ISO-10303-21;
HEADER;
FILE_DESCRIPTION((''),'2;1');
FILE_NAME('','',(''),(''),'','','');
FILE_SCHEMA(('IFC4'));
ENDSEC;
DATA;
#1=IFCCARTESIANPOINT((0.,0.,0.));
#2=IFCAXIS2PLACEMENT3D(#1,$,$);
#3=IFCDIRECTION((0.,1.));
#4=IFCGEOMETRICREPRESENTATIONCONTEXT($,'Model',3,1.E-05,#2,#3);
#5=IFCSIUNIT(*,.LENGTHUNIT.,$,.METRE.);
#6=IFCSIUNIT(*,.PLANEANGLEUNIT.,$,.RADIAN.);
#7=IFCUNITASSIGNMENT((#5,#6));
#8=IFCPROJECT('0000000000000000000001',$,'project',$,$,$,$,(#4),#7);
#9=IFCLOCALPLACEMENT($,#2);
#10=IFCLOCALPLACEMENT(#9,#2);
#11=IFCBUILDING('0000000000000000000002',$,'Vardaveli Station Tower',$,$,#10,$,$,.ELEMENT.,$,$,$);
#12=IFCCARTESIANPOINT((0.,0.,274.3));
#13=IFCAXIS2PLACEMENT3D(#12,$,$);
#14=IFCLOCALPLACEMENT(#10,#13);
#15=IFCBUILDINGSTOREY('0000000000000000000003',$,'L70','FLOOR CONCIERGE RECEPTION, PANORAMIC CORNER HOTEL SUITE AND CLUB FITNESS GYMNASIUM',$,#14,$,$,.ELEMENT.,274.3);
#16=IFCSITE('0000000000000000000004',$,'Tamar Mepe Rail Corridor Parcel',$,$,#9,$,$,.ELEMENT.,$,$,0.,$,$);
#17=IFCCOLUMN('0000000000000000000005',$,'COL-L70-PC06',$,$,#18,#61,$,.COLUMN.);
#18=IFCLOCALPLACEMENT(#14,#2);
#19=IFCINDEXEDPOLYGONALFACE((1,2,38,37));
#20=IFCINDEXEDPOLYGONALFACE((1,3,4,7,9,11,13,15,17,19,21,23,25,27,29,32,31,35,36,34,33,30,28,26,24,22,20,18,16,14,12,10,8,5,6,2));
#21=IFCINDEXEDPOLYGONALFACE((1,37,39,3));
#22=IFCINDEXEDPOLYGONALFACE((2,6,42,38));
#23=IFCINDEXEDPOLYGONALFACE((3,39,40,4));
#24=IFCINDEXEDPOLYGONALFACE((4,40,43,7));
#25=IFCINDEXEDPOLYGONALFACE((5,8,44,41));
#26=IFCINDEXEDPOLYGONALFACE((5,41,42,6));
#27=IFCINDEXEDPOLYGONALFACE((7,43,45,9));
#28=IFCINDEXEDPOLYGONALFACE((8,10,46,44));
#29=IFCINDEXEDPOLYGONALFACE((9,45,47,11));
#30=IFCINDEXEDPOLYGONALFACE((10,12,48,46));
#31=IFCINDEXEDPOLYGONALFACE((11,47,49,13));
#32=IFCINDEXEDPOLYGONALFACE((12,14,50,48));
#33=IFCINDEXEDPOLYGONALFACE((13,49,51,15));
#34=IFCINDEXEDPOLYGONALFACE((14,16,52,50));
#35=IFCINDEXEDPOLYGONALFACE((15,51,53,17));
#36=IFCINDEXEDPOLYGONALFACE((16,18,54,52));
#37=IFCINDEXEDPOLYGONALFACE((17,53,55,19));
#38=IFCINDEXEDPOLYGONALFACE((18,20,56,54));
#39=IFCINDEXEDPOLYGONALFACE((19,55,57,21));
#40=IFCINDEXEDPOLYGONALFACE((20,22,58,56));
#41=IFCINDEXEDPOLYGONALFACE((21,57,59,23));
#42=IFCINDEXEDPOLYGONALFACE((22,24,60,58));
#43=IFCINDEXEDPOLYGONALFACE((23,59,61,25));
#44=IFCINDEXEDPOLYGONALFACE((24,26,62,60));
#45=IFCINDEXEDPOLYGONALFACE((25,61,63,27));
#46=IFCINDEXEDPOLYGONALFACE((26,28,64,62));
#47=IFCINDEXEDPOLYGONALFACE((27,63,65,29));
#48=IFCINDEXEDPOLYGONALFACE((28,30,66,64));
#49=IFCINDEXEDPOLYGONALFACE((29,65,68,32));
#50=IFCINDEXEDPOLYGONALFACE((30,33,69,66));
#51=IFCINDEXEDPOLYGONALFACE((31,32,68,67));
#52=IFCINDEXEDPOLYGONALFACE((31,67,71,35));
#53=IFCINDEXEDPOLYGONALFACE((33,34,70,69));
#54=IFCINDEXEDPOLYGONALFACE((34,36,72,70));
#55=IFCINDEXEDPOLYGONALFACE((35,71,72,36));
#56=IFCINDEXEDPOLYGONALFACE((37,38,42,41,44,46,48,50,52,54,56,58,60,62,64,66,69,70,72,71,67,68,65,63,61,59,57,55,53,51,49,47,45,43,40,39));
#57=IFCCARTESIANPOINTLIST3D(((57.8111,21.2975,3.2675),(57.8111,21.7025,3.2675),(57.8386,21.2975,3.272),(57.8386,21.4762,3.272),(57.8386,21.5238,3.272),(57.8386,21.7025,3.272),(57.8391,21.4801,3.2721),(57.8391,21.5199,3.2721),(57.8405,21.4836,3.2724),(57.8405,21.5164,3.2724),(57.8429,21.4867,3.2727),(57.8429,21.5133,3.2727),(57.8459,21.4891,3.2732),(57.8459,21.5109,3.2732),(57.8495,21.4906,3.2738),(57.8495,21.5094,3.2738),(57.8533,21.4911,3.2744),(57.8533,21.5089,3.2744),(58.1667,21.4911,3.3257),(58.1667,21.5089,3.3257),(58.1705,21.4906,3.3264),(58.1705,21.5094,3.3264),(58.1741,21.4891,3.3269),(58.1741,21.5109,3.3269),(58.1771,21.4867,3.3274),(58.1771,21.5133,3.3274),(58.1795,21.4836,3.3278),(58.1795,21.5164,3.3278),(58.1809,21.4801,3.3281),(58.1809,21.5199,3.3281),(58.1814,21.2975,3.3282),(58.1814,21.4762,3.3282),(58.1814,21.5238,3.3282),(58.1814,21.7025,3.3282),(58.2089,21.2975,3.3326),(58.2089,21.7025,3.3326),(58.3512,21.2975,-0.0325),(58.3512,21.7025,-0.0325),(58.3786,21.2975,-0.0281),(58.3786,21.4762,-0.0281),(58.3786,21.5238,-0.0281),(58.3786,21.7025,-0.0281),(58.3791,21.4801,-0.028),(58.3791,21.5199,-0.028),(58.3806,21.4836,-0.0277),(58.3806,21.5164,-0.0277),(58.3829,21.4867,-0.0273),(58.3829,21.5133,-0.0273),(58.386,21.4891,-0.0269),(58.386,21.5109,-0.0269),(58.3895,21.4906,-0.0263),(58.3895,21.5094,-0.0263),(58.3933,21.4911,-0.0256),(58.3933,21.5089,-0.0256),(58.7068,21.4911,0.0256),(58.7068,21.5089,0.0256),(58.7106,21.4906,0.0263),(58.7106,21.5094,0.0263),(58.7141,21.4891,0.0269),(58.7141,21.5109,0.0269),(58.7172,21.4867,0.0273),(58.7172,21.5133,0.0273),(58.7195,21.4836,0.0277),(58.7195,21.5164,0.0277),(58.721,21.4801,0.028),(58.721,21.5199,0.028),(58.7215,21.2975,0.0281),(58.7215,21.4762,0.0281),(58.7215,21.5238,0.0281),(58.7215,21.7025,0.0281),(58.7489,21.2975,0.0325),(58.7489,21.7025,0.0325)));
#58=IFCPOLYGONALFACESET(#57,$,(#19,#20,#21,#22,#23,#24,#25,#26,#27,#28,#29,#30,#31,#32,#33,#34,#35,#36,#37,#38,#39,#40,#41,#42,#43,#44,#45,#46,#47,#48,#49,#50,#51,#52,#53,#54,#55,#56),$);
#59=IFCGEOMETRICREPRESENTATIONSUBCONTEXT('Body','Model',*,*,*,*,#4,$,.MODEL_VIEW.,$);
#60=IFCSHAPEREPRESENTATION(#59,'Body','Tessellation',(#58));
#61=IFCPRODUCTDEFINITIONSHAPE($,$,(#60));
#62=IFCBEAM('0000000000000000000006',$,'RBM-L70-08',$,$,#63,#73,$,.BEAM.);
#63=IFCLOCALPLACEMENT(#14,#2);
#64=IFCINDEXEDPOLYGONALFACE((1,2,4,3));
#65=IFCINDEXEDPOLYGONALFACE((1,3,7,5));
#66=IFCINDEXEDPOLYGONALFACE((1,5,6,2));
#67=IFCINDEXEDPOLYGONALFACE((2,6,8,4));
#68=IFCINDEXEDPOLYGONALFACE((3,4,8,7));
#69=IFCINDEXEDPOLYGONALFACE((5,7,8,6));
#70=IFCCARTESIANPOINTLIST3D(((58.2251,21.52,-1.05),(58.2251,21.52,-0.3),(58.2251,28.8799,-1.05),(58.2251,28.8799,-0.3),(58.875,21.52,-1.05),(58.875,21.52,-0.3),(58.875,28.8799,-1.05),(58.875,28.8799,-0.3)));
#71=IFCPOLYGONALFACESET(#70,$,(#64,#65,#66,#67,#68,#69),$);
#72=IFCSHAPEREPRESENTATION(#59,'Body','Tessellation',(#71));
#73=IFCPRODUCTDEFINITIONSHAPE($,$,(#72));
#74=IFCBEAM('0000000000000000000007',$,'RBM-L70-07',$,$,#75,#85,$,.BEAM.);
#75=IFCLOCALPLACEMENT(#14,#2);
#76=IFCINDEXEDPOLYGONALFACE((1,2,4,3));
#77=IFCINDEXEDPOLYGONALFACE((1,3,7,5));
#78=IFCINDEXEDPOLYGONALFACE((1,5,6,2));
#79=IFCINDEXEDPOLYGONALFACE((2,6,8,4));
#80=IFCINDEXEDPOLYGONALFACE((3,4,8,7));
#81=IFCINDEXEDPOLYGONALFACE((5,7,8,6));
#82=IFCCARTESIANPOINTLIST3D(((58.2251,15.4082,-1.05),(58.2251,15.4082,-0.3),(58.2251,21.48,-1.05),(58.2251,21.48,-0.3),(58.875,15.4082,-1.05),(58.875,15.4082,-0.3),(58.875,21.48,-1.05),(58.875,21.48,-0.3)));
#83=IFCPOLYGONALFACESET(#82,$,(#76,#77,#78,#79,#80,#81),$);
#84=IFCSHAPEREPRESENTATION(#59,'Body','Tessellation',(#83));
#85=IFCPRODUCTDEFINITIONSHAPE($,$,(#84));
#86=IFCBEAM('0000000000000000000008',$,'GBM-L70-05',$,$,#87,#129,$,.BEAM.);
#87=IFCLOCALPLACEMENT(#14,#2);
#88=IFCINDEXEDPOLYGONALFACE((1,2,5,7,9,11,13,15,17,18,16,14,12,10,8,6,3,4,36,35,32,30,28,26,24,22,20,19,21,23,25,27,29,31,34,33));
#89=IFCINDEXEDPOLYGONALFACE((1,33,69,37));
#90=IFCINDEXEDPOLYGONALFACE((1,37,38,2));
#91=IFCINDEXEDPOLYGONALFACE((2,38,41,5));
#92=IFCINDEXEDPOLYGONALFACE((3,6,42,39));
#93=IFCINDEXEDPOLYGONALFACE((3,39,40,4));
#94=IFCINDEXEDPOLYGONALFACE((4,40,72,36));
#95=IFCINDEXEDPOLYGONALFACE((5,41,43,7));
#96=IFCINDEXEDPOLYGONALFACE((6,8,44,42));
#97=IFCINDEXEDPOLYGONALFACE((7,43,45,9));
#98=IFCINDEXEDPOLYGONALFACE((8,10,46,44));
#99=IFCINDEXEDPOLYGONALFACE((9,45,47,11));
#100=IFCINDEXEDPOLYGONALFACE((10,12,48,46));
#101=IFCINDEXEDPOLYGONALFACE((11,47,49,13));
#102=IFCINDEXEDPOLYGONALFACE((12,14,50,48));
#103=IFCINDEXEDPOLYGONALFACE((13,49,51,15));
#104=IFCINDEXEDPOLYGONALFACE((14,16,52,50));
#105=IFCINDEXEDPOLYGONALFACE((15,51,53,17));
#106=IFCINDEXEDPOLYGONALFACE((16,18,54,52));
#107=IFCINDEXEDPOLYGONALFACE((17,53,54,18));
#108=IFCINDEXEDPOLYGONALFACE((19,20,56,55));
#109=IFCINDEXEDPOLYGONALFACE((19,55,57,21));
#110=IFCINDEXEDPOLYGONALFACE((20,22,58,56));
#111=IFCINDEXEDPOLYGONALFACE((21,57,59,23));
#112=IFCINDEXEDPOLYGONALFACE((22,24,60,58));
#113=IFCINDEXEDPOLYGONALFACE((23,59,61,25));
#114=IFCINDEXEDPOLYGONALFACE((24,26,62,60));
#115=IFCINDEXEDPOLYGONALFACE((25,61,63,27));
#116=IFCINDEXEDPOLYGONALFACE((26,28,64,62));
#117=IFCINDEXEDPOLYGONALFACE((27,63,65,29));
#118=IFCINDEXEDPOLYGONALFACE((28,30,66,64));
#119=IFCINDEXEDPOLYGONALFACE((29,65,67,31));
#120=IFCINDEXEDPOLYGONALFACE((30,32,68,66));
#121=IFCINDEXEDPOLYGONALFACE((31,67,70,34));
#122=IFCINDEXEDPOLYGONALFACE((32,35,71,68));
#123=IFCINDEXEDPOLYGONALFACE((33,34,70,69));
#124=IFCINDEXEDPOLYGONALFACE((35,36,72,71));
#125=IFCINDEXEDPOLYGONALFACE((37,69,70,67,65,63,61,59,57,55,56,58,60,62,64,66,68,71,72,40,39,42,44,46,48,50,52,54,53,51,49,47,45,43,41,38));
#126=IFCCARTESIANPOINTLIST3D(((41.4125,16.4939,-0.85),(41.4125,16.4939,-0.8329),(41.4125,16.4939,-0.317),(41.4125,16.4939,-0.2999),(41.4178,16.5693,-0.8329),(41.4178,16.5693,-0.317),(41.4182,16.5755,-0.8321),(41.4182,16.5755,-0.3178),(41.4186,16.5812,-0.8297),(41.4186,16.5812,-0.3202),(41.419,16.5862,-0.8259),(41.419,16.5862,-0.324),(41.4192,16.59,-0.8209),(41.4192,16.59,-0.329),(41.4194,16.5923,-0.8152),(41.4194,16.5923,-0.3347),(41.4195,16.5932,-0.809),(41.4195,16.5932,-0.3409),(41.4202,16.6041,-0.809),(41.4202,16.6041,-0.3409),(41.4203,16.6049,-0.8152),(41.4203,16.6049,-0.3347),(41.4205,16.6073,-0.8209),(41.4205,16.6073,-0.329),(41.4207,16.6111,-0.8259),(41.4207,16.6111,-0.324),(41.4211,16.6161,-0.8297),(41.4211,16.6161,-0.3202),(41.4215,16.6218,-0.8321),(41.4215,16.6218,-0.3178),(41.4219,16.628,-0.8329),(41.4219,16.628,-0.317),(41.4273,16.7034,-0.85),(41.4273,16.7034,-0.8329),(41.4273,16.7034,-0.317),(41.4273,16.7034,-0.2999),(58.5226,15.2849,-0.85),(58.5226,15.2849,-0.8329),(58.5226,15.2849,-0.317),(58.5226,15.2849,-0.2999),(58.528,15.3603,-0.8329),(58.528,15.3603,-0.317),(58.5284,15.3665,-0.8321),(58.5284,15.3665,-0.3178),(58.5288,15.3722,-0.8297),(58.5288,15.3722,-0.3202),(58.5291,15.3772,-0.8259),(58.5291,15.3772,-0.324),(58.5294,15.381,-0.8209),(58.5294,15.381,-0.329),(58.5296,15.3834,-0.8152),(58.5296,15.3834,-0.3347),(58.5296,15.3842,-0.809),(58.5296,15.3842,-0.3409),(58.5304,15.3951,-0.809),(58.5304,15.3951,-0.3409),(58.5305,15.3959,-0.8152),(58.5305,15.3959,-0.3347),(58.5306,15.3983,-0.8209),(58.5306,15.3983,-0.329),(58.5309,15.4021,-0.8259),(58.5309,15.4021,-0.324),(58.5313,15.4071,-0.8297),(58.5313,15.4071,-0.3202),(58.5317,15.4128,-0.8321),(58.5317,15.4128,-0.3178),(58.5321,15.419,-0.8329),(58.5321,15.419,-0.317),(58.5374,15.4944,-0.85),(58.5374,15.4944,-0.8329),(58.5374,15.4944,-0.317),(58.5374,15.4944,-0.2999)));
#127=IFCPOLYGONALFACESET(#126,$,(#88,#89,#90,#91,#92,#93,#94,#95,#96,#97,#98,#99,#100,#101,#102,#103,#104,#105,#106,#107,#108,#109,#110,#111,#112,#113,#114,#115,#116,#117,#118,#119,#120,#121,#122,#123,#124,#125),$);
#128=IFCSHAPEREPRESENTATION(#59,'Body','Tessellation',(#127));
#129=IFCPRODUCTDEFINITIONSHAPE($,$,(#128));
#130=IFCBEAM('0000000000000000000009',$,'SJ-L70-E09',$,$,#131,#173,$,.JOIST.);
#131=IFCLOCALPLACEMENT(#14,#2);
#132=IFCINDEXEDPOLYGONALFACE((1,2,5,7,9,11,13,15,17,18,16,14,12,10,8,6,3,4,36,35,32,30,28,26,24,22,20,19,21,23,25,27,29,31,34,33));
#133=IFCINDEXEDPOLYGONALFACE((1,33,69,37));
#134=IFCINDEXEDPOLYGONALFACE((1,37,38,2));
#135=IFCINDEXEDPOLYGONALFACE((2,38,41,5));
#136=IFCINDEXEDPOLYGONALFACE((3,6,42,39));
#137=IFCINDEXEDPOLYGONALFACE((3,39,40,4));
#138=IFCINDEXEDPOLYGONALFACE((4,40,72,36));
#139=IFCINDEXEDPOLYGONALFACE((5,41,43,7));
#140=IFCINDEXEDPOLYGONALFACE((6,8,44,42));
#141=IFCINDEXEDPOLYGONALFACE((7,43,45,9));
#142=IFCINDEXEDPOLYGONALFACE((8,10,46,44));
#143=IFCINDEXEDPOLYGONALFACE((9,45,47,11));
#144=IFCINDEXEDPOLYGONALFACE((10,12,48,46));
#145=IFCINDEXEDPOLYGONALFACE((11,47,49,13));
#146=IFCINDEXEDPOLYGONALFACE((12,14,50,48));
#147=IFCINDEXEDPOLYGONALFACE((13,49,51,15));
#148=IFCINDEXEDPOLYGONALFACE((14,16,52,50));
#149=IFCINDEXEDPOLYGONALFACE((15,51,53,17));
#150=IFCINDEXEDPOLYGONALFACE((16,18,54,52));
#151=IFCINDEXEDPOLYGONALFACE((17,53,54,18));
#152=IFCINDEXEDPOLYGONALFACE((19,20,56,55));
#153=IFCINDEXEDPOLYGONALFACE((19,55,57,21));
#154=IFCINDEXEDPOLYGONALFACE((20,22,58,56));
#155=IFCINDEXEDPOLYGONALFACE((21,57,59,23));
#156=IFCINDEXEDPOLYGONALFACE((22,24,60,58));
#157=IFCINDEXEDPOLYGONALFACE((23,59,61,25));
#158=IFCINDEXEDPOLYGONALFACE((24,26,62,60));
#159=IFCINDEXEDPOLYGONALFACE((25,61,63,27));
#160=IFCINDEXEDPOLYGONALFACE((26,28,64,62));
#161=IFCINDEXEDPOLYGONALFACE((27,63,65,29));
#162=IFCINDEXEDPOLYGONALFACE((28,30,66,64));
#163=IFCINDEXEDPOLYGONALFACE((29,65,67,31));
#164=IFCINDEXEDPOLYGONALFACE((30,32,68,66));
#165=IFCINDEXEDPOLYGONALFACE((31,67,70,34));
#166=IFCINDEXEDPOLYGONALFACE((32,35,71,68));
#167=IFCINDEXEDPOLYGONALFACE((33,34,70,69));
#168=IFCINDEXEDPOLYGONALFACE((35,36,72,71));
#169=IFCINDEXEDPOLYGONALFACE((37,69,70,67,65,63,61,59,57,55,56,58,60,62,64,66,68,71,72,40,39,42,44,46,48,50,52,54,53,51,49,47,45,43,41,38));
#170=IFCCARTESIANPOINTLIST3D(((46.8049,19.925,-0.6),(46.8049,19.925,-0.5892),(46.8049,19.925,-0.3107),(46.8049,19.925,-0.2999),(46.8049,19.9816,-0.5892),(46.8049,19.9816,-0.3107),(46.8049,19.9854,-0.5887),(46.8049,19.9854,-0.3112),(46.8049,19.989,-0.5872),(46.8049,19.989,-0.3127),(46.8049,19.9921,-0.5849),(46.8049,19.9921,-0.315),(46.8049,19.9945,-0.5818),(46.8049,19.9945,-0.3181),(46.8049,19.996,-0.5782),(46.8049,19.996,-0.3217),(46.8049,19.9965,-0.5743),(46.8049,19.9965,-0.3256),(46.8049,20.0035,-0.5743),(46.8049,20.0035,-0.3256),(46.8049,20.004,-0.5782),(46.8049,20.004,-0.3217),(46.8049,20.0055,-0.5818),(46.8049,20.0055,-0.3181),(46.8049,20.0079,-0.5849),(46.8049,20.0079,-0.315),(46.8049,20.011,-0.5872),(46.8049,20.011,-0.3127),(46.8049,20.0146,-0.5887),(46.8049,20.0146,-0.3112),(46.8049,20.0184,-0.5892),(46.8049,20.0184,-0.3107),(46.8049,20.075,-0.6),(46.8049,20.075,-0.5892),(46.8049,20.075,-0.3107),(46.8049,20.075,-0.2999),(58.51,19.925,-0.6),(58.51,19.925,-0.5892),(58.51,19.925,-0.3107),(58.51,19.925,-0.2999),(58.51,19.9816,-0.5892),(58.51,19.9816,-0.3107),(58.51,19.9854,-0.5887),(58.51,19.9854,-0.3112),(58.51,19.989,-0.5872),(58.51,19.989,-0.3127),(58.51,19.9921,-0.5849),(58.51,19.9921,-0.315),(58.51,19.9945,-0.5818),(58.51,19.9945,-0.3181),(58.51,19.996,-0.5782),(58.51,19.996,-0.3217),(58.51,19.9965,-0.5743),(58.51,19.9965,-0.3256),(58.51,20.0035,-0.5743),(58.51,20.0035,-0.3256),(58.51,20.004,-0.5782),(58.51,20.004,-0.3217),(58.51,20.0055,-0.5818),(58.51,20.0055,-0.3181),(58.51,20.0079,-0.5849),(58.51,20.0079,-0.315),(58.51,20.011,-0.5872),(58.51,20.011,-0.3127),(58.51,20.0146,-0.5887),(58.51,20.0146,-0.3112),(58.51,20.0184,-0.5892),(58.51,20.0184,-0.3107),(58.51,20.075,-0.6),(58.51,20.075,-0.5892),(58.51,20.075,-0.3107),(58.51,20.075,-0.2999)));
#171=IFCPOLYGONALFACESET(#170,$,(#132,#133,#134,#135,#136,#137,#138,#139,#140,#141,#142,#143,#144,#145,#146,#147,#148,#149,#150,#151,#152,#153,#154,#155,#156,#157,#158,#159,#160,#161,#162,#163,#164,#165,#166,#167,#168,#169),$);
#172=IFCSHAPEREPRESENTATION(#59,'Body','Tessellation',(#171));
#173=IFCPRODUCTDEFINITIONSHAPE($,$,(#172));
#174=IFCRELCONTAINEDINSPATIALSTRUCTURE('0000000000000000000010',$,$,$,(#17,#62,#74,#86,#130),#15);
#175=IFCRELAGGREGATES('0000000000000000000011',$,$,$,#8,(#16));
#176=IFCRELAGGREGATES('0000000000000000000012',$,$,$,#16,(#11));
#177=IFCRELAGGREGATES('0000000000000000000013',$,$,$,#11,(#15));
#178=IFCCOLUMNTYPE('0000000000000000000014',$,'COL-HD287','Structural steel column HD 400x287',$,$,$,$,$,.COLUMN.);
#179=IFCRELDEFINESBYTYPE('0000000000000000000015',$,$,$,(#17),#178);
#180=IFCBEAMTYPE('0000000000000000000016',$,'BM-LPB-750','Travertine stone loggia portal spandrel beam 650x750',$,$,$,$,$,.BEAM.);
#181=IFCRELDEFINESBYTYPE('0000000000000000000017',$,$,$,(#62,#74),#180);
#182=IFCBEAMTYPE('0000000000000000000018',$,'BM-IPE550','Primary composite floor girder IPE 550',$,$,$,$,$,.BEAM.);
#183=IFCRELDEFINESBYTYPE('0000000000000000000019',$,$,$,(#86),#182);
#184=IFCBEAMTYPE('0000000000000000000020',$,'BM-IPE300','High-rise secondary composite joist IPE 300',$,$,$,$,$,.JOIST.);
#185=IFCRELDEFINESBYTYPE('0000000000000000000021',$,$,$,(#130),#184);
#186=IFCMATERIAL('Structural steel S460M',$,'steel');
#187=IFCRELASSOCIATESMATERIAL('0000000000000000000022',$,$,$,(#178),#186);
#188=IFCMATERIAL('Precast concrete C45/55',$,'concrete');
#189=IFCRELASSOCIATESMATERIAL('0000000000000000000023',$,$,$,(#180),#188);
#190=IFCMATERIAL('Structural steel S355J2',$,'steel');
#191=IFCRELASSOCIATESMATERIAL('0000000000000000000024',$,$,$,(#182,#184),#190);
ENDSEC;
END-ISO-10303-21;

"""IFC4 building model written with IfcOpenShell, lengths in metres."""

from ifc_helpers import new_model, si_unit, direction, frame, origin, origin_2d, place, context, subcontext, project, spatial, rectangle, i_section, extrude, source, transform, mapped, material, material_profile, profile_set, type_object, element, save


model = new_model("IFC4")

# Units and contexts
model_context = context("Model", 3, precision=1e-05, world=origin(), true_north=direction((0.0, 1.0)))
body_context = subcontext(model_context, "Body", "Model", "MODEL_VIEW")
ifc_project = project(units=[si_unit("LENGTHUNIT", "METRE"), si_unit("PLANEANGLEUNIT", "RADIAN")], contexts=[model_context])

# Site, building, storey
site_placement = place(None, origin())
site = spatial("IfcSite", under=ifc_project, at=site_placement, Name="Tamar Mepe Rail Corridor Parcel", CompositionType="ELEMENT", RefElevation=0.0)
building_placement = place(site_placement, origin())
building = spatial("IfcBuilding", under=site, at=building_placement, Name="Vardaveli Station Tower", CompositionType="ELEMENT")
storey_placement = place(building_placement, frame((0.0, 0.0, 274.3)))
storey = spatial("IfcBuildingStorey", under=building, at=storey_placement, Name="L70", Description="FLOOR CONCIERGE RECEPTION, PANORAMIC CORNER HOTEL SUITE AND CLUB FITNESS GYMNASIUM", CompositionType="ELEMENT", Elevation=274.3)

# Column
ifc_material_1 = material(Name="Structural steel S460M", Category="steel")
ifc_material_profile_1 = material_profile(ifc_material_1, i_section(OverallWidth=0.405, OverallDepth=0.4031, WebThickness=0.0178, FlangeThickness=0.0278, FilletRadius=0.0149, at=origin_2d()), Name="HD 400x287")
ifc_profile_set_1 = profile_set([ifc_material_profile_1], Name="Structural steel S460M")
column_type = type_object("IfcColumnType", Name="COL-HD287", Description="Structural steel column HD 400x287", PredefinedType="COLUMN", material=ifc_profile_set_1)
shared_shape_1 = source(origin(), body_context, "Body", "SweptSolid", [
    extrude(i_section(OverallWidth=0.405, OverallDepth=0.4031, WebThickness=0.0178, FlangeThickness=0.0278, FilletRadius=0.0149, at=origin_2d()), origin(), (0.0, 0.0, 1.0), 3.344),
])
column_placement = place(storey_placement, frame((58.55, 21.5, 0.0), z_axis=(-0.161498, 0.0, 0.986873), x_axis=(0.0, -1.0, 0.0)))
element("IfcColumn", 1, at=column_placement, inside=storey, type_object=column_type, Name="COL-L70-PC06", PredefinedType="COLUMN", context=body_context, shape_type="MappedRepresentation", body=[
    mapped(shared_shape_1, transform((0.0, 0.0, 0.0), scale=1.0)),
])

# Beams
ifc_material_2 = material(Name="Precast concrete C45/55", Category="concrete")
ifc_material_profile_2 = material_profile(ifc_material_2, rectangle(XDim=0.6499, YDim=0.75, at=origin_2d()), Name="LPB 650x750")
ifc_profile_set_2 = profile_set([ifc_material_profile_2], Name="Precast concrete C45/55")
beam_type_1 = type_object("IfcBeamType", Name="BM-LPB-750", Description="Travertine stone loggia portal spandrel beam 650x750", PredefinedType="BEAM", material=ifc_profile_set_2)
shared_shape_2 = source(origin(), body_context, "Body", "SweptSolid", [
    extrude(rectangle(XDim=0.6499, YDim=0.75, at=origin_2d()), origin(), (0.0, 0.0, 1.0), 7.3599),
])
beam_1_placement = place(storey_placement, frame((58.55, 21.52, -0.675), z_axis=(0.0, 1.0, 0.0), x_axis=(-1.0, 0.0, 0.0)))
element("IfcBeam", 2, at=beam_1_placement, inside=storey, type_object=beam_type_1, Name="RBM-L70-08", PredefinedType="BEAM", context=body_context, shape_type="MappedRepresentation", body=[
    mapped(shared_shape_2, transform((0.0, 0.0, 0.0), scale=1.0)),
])
shared_shape_3 = source(origin(), body_context, "Body", "SweptSolid", [
    extrude(rectangle(XDim=0.6499, YDim=0.75, at=origin_2d()), origin(), (0.0, 0.0, 1.0), 6.0718),
])
beam_2_placement = place(storey_placement, frame((58.55, 15.4082, -0.675), z_axis=(0.0, 1.0, 0.0), x_axis=(-1.0, 0.0, 0.0)))
element("IfcBeam", 3, at=beam_2_placement, inside=storey, type_object=beam_type_1, Name="RBM-L70-07", PredefinedType="BEAM", context=body_context, shape_type="MappedRepresentation", body=[
    mapped(shared_shape_3, transform((0.0, 0.0, 0.0), scale=1.0)),
])
ifc_material_3 = material(Name="Structural steel S355J2", Category="steel")
ifc_material_profile_3 = material_profile(ifc_material_3, i_section(OverallWidth=0.21, OverallDepth=0.55, WebThickness=0.011, FlangeThickness=0.0171, FilletRadius=0.0239, at=origin_2d()), Name="IPE 550")
ifc_profile_set_3 = profile_set([ifc_material_profile_3], Name="Structural steel S355J2")
beam_type_2 = type_object("IfcBeamType", Name="BM-IPE550", Description="Primary composite floor girder IPE 550", PredefinedType="BEAM", material=ifc_profile_set_3)
shared_shape_4 = source(origin(), body_context, "Body", "SweptSolid", [
    extrude(i_section(OverallWidth=0.21, OverallDepth=0.55, WebThickness=0.011, FlangeThickness=0.0171, FilletRadius=0.0239, at=origin_2d()), origin(), (0.0, 0.0, 1.0), 17.1528),
])
beam_3_placement = place(storey_placement, frame((58.53, 15.3896, -0.575), z_axis=(-0.997513, 0.070483, 0.0), x_axis=(-0.070483, -0.997513, 0.0)))
element("IfcBeam", 4, at=beam_3_placement, inside=storey, type_object=beam_type_2, Name="GBM-L70-05", PredefinedType="BEAM", context=body_context, shape_type="MappedRepresentation", body=[
    mapped(shared_shape_4, transform((0.0, 0.0, 0.0), scale=1.0)),
])
ifc_material_profile_4 = material_profile(ifc_material_3, i_section(OverallWidth=0.1499, OverallDepth=0.3, WebThickness=0.0071, FlangeThickness=0.0107, FilletRadius=0.0149, at=origin_2d()), Name="IPE 300")
ifc_profile_set_4 = profile_set([ifc_material_profile_4], Name="Structural steel S355J2")
beam_type_3 = type_object("IfcBeamType", Name="BM-IPE300", Description="High-rise secondary composite joist IPE 300", PredefinedType="JOIST", material=ifc_profile_set_4)
shared_shape_5 = source(origin(), body_context, "Body", "SweptSolid", [
    extrude(i_section(OverallWidth=0.1499, OverallDepth=0.3, WebThickness=0.0071, FlangeThickness=0.0107, FilletRadius=0.0149, at=origin_2d()), origin(), (0.0, 0.0, 1.0), 11.7051),
])
for number, where, z_axis, x_axis, name in (
    (5, (46.8049, 20.0, -0.45), (1.0, 0.0, 0.0), (0.0, 1.0, 0.0), "SJ-L70-E09"),
):
    element("IfcBeam", number, at=place(storey_placement, frame(where, z_axis=z_axis, x_axis=x_axis)), inside=storey, type_object=beam_type_3, Name=name, PredefinedType="JOIST", context=body_context, shape_type="MappedRepresentation", body=[
        mapped(shared_shape_5, transform((0.0, 0.0, 0.0), scale=1.0)),
    ])

save(model, "model.ifc")
